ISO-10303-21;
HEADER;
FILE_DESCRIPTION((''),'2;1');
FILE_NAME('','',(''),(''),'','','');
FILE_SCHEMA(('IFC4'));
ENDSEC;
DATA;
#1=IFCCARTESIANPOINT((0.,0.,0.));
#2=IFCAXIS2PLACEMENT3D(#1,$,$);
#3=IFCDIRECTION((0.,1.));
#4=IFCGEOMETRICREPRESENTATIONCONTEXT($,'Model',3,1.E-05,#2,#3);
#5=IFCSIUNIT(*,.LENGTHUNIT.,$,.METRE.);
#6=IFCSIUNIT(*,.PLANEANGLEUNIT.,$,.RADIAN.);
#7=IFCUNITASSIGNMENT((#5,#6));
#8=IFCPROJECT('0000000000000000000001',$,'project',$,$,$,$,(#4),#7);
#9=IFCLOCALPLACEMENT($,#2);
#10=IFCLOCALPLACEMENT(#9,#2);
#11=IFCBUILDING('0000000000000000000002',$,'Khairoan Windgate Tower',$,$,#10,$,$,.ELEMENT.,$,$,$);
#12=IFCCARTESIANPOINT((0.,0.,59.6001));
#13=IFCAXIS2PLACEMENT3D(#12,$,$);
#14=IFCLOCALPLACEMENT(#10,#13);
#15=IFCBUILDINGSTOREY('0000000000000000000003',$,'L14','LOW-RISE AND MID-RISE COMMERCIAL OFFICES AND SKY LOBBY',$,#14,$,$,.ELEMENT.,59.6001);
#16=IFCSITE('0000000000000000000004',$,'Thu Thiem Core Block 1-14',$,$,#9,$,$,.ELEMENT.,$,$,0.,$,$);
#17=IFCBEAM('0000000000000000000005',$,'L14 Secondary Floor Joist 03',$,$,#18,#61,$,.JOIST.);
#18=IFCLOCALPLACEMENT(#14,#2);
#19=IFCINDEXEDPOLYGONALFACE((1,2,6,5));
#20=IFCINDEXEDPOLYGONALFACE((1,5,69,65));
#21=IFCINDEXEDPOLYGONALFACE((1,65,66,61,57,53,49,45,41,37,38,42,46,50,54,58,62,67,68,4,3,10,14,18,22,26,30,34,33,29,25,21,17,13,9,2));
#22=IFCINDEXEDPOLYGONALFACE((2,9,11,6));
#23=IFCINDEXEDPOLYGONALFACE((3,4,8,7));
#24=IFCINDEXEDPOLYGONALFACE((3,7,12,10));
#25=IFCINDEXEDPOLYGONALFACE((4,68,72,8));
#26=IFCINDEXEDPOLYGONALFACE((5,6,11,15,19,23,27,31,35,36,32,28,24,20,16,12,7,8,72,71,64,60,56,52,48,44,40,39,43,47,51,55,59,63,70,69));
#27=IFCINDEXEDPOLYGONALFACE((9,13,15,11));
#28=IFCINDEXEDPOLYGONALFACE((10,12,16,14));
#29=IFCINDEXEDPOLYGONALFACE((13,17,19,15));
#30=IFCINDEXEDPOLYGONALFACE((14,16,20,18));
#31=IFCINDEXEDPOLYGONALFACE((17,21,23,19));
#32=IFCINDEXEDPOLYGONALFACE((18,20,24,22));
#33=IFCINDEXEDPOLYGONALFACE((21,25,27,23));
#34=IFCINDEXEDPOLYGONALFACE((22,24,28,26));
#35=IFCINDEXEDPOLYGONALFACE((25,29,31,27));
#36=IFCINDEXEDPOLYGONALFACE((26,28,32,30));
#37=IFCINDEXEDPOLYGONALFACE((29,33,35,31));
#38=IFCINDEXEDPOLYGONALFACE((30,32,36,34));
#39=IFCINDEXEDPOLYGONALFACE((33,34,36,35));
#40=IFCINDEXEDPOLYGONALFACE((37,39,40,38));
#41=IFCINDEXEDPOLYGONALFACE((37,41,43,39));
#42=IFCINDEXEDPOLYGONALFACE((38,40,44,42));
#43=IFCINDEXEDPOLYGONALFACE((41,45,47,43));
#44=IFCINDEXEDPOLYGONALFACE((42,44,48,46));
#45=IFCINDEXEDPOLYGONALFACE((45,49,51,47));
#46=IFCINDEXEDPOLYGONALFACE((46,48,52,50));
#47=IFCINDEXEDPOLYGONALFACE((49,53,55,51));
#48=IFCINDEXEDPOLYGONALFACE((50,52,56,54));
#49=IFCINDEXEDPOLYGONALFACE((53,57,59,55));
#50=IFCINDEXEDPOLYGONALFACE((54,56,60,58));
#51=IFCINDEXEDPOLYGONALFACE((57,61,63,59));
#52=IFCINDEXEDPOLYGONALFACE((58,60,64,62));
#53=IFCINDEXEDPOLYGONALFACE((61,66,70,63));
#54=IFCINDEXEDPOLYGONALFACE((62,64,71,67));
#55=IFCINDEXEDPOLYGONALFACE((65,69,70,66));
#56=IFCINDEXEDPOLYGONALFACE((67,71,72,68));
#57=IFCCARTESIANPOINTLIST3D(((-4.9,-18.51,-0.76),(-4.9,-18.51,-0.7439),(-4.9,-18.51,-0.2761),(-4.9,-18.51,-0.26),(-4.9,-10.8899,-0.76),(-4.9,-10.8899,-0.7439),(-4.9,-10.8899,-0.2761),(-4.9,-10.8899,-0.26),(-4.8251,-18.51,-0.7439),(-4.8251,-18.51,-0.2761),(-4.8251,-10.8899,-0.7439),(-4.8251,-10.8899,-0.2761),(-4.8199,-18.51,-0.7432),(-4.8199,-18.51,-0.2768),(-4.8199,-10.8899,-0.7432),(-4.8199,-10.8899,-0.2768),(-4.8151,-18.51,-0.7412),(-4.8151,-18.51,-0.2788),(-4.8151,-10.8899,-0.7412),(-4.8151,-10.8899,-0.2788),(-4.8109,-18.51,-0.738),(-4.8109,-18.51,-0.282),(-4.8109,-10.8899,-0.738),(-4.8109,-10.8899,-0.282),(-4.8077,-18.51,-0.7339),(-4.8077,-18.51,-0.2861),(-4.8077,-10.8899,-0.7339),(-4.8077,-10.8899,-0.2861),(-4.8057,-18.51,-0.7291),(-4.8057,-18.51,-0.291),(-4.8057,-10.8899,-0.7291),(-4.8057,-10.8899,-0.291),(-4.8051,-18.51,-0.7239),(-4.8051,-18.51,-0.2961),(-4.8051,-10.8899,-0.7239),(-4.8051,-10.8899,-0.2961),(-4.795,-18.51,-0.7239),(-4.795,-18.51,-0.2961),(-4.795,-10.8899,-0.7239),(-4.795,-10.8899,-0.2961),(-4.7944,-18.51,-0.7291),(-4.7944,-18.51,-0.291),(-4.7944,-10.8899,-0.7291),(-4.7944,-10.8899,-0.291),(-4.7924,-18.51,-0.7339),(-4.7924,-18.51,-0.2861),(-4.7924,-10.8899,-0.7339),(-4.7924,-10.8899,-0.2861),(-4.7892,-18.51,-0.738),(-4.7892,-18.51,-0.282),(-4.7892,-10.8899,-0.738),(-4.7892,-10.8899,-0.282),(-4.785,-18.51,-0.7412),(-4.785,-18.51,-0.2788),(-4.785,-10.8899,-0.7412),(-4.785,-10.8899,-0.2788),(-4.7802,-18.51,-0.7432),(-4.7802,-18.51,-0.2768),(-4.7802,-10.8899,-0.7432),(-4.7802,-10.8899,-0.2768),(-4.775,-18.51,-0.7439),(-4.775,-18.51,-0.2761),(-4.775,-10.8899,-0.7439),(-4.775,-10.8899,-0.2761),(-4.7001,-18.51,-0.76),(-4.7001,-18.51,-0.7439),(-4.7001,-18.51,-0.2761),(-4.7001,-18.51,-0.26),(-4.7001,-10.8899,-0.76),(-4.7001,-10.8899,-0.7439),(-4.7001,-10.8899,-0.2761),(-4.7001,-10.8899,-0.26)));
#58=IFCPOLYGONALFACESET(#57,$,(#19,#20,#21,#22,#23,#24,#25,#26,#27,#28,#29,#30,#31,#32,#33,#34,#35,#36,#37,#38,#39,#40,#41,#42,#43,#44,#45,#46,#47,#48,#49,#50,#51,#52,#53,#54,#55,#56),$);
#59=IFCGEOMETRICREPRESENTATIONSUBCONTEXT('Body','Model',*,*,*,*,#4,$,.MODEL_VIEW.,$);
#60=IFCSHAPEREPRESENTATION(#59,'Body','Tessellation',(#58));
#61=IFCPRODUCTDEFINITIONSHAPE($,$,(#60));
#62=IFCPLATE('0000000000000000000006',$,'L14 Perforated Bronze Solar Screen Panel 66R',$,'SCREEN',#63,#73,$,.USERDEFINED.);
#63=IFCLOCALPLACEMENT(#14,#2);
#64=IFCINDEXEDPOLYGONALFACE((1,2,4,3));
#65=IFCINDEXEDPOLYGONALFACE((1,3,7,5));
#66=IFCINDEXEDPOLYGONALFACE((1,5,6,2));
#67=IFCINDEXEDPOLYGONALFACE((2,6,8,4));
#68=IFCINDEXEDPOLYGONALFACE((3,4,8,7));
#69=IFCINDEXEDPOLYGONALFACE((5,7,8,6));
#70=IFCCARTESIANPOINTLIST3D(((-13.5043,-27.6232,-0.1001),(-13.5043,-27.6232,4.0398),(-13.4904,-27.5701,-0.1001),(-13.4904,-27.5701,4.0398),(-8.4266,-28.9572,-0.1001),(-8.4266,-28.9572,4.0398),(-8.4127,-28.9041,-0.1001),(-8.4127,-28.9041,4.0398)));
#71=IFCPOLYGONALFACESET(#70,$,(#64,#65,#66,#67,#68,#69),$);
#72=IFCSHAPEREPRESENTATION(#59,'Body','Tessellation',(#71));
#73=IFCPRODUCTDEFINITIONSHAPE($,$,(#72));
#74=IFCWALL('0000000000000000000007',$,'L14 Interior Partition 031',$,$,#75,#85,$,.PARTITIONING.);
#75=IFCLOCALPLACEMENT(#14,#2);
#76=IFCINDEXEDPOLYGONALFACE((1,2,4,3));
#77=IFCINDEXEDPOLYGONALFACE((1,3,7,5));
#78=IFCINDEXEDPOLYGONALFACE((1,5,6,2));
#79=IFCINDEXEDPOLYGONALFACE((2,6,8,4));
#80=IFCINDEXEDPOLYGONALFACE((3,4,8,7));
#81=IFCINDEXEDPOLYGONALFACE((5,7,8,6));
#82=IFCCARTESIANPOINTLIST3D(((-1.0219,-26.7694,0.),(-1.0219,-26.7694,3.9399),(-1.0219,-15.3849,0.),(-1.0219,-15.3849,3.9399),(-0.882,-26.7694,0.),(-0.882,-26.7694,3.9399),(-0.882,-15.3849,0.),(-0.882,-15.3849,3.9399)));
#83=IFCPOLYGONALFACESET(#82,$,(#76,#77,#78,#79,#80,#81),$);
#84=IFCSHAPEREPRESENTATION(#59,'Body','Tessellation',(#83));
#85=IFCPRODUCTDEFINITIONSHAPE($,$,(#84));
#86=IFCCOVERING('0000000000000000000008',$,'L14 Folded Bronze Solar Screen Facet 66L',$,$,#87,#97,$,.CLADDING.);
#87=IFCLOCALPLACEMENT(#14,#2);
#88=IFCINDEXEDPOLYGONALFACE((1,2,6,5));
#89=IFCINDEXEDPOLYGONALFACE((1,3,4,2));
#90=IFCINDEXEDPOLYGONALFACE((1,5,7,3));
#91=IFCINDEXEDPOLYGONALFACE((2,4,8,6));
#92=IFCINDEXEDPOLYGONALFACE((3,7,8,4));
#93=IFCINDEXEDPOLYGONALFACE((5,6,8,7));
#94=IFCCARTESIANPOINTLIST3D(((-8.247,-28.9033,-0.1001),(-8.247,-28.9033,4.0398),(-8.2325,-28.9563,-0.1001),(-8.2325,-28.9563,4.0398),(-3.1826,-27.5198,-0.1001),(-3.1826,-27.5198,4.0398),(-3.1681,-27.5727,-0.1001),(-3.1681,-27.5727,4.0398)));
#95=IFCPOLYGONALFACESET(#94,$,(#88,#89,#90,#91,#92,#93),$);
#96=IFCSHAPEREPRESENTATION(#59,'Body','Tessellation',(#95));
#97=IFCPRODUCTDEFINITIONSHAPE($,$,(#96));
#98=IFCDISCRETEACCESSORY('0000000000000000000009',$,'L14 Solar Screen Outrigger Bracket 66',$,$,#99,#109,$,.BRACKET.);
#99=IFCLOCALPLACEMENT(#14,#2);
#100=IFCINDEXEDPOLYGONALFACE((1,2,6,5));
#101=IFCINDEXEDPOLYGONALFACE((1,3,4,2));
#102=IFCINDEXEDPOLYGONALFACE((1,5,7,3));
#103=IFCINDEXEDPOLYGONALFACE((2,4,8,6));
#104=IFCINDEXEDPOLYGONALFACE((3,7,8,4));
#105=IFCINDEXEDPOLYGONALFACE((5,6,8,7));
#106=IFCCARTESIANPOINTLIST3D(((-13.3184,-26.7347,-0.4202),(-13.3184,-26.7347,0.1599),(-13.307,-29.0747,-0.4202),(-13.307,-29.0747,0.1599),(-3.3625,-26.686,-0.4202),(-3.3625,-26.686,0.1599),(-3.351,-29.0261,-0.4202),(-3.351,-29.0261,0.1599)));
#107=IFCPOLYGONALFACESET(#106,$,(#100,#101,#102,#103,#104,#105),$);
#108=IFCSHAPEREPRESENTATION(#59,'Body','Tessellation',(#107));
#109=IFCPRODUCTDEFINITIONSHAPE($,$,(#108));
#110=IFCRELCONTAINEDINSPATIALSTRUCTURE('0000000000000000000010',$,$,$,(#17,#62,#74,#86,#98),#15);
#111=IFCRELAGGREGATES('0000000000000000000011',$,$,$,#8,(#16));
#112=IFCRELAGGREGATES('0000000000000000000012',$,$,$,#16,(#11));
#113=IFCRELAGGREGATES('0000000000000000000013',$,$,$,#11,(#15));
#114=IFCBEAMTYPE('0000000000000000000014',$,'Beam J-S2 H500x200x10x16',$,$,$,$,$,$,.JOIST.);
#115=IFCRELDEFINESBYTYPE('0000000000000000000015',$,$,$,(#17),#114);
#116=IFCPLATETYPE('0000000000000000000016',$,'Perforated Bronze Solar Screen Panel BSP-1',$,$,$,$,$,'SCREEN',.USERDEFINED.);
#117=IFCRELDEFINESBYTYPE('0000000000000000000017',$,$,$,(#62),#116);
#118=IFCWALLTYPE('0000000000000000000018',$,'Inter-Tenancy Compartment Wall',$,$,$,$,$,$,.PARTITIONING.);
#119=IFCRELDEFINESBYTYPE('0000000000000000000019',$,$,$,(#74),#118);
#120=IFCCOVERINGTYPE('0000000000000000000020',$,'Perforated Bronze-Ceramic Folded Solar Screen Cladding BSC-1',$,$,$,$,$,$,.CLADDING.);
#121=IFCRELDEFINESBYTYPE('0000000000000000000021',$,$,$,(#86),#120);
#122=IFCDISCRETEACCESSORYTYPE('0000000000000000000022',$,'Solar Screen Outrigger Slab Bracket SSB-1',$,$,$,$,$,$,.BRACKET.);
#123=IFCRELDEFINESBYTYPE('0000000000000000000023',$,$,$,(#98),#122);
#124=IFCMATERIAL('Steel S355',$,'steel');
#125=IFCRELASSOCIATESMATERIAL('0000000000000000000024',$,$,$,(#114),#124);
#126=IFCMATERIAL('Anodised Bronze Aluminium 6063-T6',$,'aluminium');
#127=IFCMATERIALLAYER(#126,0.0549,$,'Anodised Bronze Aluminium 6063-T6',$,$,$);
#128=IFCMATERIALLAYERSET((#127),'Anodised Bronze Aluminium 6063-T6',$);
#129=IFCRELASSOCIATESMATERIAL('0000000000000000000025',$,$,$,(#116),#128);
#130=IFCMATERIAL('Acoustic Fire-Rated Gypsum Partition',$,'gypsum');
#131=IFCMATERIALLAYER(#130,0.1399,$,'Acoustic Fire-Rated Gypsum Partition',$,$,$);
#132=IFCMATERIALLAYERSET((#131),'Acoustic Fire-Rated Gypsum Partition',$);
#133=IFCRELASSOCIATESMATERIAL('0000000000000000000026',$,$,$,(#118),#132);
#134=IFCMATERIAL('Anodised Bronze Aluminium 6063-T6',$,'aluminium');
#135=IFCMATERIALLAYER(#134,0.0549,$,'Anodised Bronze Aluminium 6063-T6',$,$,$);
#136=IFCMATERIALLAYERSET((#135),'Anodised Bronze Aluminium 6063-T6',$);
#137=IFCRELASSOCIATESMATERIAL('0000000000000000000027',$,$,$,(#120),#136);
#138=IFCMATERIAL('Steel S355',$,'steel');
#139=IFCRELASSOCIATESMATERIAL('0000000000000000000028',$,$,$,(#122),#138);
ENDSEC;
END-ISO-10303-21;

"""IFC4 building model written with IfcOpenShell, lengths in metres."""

from ifc_helpers import new_model, si_unit, direction, frame, frame_2d, origin, origin_2d, place, context, subcontext, project, spatial, rectangle, i_section, extrude, material, layer, layer_set, material_profile, profile_set, type_object, element, save


model = new_model("IFC4")

# Units and contexts
model_context = context("Model", 3, precision=1e-05, world=origin(), true_north=direction((0.0, 1.0)))
body_context = subcontext(model_context, "Body", "Model", "MODEL_VIEW")
ifc_project = project(units=[si_unit("LENGTHUNIT", "METRE"), si_unit("PLANEANGLEUNIT", "RADIAN")], contexts=[model_context])

# Site, building, storey
site_placement = place(None, origin())
site = spatial("IfcSite", under=ifc_project, at=site_placement, Name="Thu Thiem Core Block 1-14", CompositionType="ELEMENT", RefElevation=0.0)
building_placement = place(site_placement, origin())
building = spatial("IfcBuilding", under=site, at=building_placement, Name="Khairoan Windgate Tower", CompositionType="ELEMENT")
storey_placement = place(building_placement, frame((0.0, 0.0, 59.6001)))
storey = spatial("IfcBuildingStorey", under=building, at=storey_placement, Name="L14", Description="LOW-RISE AND MID-RISE COMMERCIAL OFFICES AND SKY LOBBY", CompositionType="ELEMENT", Elevation=59.6001)

# Beam
ifc_material_1 = material(Name="Steel S355", Category="steel")
ifc_material_profile_1 = material_profile(ifc_material_1, i_section(OverallWidth=0.2, OverallDepth=0.5, WebThickness=0.01, FlangeThickness=0.0161, FilletRadius=0.02, at=origin_2d()))
ifc_profile_set_1 = profile_set([ifc_material_profile_1], Name="Steel S355")
beam_type_1 = type_object("IfcBeamType", Name="Beam J-S2 H500x200x10x16", PredefinedType="JOIST", material=ifc_profile_set_1)
beam_1_placement = place(storey_placement, frame((-4.8, -18.51, -0.51), z_axis=(0.0, 1.0, 0.0), x_axis=(-1.0, 0.0, 0.0)))
element("IfcBeam", 1, at=beam_1_placement, inside=storey, type_object=beam_type_1, Name="L14 Secondary Floor Joist 03", PredefinedType="JOIST", context=body_context, shape_type="SweptSolid", body=[
    extrude(i_section(OverallWidth=0.2, OverallDepth=0.5, WebThickness=0.01, FlangeThickness=0.0161, FilletRadius=0.02, at=origin_2d()), origin(), (0.0, 0.0, 1.0), 7.6201),
])

# Plate
ifc_material_2 = material(Name="Anodised Bronze Aluminium 6063-T6", Category="aluminium")
ifc_layer_1 = layer(ifc_material_2, 0.0549, Name="Anodised Bronze Aluminium 6063-T6")
ifc_layer_set_1 = layer_set([ifc_layer_1], Name="Anodised Bronze Aluminium 6063-T6")
plate_type = type_object("IfcPlateType", Name="Perforated Bronze Solar Screen Panel BSP-1", ElementType="SCREEN", PredefinedType="USERDEFINED", material=ifc_layer_set_1)
plate_placement = place(storey_placement, frame((-10.9585, -28.2637, -0.1001), z_axis=(0.0, 0.0, 1.0), x_axis=(-0.967179, 0.254096, 0.0)))
element("IfcPlate", 2, at=plate_placement, inside=storey, type_object=plate_type, Name="L14 Perforated Bronze Solar Screen Panel 66R", ObjectType="SCREEN", PredefinedType="USERDEFINED", context=body_context, shape_type="SweptSolid", body=[
    extrude(rectangle(XDim=5.25, YDim=0.0549, at=origin_2d()), origin(), (0.0, 0.0, 1.0), 4.1399),
])

# Wall
ifc_material_3 = material(Name="Acoustic Fire-Rated Gypsum Partition", Category="gypsum")
ifc_layer_2 = layer(ifc_material_3, 0.1399, Name="Acoustic Fire-Rated Gypsum Partition")
ifc_layer_set_2 = layer_set([ifc_layer_2], Name="Acoustic Fire-Rated Gypsum Partition")
wall_type_1 = type_object("IfcWallType", Name="Inter-Tenancy Compartment Wall", PredefinedType="PARTITIONING", material=ifc_layer_set_2)
wall_1_placement = place(storey_placement, frame((-0.9519, -26.7695, 0.0), z_axis=(0.0, 0.0, 1.0), x_axis=(0.0, 1.0, 0.0)))
element("IfcWall", 3, at=wall_1_placement, inside=storey, type_object=wall_type_1, Name="L14 Interior Partition 031", PredefinedType="PARTITIONING", context=body_context, shape_type="SweptSolid", body=[
    extrude(rectangle(XDim=11.3845, YDim=0.1399, at=frame_2d((5.6924, 0.0))), origin(), (0.0, 0.0, 1.0), 3.9399),
])

# Covering
ifc_material_4 = material(Name="Anodised Bronze Aluminium 6063-T6", Category="aluminium")
ifc_layer_3 = layer(ifc_material_4, 0.0549, Name="Anodised Bronze Aluminium 6063-T6")
ifc_layer_set_3 = layer_set([ifc_layer_3], Name="Anodised Bronze Aluminium 6063-T6")
covering_type = type_object("IfcCoveringType", Name="Perforated Bronze-Ceramic Folded Solar Screen Cladding BSC-1", PredefinedType="CLADDING", material=ifc_layer_set_3)
covering_placement = place(storey_placement, frame((-5.7075, -28.238, -0.1001), z_axis=(0.0, 0.0, 1.0), x_axis=(-0.964649, -0.263536, 0.0)))
element("IfcCovering", 4, at=covering_placement, inside=storey, type_object=covering_type, Name="L14 Folded Bronze Solar Screen Facet 66L", PredefinedType="CLADDING", context=body_context, shape_type="SweptSolid", body=[
    extrude(rectangle(XDim=5.25, YDim=0.0549, at=origin_2d()), origin(), (0.0, 0.0, 1.0), 4.1399),
])

# Discrete accessory
ifc_material_5 = material(Name="Steel S355", Category="steel")
discrete_accessory_type = type_object("IfcDiscreteAccessoryType", Name="Solar Screen Outrigger Slab Bracket SSB-1", PredefinedType="BRACKET", material=ifc_material_5)
discrete_accessory_placement = place(storey_placement, frame((-8.3347, -27.8804, -0.4202), z_axis=(0.0, 0.0, 1.0), x_axis=(-0.999988, -0.004887, 0.0)))
element("IfcDiscreteAccessory", 5, at=discrete_accessory_placement, inside=storey, type_object=discrete_accessory_type, Name="L14 Solar Screen Outrigger Bracket 66", PredefinedType="BRACKET", context=body_context, shape_type="SweptSolid", body=[
    extrude(rectangle(XDim=9.9561, YDim=2.3401, at=origin_2d()), origin(), (0.0, 0.0, 1.0), 0.5801),
])

save(model, "model.ifc")
